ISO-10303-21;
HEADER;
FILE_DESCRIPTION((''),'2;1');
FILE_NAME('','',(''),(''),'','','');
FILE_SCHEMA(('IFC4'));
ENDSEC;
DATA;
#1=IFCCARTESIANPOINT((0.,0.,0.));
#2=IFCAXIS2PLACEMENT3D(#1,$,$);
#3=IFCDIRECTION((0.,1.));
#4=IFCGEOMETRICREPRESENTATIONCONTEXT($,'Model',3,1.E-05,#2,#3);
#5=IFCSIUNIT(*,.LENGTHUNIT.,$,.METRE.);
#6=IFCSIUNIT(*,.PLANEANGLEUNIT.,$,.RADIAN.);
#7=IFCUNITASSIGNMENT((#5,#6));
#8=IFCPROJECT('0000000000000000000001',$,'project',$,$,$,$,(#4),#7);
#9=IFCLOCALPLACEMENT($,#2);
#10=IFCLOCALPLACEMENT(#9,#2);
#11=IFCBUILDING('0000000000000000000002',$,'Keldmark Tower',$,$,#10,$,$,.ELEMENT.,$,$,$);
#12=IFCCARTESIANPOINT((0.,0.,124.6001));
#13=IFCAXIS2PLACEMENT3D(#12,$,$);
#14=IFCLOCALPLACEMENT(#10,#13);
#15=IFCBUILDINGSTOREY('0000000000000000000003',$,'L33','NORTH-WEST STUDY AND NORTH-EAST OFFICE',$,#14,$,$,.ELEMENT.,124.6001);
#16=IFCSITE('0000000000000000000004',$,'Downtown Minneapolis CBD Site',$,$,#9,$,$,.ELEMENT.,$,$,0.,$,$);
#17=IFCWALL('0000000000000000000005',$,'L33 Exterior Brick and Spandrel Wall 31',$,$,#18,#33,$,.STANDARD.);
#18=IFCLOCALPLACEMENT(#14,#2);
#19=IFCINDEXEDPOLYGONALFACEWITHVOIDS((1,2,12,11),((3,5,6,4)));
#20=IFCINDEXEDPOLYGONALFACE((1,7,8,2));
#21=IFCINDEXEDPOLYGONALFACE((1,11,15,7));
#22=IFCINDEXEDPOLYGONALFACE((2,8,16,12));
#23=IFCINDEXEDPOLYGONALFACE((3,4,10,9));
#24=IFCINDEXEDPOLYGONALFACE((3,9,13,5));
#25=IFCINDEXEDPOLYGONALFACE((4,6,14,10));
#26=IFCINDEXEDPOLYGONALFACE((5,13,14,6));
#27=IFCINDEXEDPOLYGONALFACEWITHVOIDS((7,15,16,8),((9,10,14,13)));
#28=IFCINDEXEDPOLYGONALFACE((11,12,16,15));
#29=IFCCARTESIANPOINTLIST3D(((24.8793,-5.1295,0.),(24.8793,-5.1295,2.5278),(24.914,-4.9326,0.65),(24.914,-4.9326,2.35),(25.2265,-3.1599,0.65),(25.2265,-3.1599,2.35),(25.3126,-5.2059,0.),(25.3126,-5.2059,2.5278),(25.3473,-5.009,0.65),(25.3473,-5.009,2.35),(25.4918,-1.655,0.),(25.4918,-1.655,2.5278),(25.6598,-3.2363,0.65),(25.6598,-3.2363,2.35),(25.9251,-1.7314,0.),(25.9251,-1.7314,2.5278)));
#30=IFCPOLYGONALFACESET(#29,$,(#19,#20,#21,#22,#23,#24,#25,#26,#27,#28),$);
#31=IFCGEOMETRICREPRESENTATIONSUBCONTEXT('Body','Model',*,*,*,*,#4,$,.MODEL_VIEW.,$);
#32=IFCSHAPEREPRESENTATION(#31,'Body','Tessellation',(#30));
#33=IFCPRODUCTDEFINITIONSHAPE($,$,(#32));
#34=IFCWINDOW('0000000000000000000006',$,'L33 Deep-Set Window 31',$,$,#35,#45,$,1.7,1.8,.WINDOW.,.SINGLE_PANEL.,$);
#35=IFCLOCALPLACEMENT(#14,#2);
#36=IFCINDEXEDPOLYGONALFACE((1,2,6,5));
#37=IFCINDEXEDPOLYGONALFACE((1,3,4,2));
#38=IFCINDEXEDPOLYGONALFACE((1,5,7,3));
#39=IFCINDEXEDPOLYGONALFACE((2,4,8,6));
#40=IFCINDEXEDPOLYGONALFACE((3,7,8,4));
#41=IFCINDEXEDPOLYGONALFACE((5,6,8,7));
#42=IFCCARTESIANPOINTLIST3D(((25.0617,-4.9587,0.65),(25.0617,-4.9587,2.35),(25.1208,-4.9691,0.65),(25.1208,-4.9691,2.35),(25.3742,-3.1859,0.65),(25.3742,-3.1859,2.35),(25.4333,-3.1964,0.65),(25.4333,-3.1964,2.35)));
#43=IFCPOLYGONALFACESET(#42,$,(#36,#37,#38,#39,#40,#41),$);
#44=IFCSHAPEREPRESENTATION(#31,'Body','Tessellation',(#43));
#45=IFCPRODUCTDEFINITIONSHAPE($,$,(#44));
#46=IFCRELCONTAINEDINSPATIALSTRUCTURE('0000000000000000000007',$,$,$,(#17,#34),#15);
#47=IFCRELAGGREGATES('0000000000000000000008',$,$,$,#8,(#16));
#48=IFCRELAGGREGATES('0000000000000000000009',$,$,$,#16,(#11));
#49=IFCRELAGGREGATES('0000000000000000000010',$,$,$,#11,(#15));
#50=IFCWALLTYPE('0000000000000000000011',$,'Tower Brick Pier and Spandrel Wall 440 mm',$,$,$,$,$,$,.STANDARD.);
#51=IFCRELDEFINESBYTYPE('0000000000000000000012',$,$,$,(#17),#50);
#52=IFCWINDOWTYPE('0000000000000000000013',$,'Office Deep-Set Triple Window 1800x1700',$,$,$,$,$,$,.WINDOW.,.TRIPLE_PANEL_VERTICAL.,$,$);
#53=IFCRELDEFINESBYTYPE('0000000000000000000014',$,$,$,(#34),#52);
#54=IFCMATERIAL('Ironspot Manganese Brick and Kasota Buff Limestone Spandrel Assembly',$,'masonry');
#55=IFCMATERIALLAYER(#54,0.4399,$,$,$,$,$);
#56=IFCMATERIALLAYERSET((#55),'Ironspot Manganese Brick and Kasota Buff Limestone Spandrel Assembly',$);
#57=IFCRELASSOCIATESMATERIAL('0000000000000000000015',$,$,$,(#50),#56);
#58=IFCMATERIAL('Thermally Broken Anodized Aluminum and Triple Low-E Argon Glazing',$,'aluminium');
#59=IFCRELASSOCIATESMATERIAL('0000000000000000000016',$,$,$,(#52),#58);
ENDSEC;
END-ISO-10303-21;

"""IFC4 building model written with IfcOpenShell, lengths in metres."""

from ifc_helpers import new_model, si_unit, direction, frame, frame_2d, origin, place, context, subcontext, project, spatial, rectangle, extrude, material, layer, layer_set, type_object, element, fill, save


model = new_model("IFC4")

# Units and contexts
model_context = context("Model", 3, precision=1e-05, world=origin(), true_north=direction((0.0, 1.0)))
body_context = subcontext(model_context, "Body", "Model", "MODEL_VIEW")
ifc_project = project(units=[si_unit("LENGTHUNIT", "METRE"), si_unit("PLANEANGLEUNIT", "RADIAN")], contexts=[model_context])

# Site, building, storey
site_placement = place(None, origin())
site = spatial("IfcSite", under=ifc_project, at=site_placement, Name="Downtown Minneapolis CBD Site", CompositionType="ELEMENT", RefElevation=0.0)
building_placement = place(site_placement, origin())
building = spatial("IfcBuilding", under=site, at=building_placement, Name="Keldmark Tower", CompositionType="ELEMENT")
storey_placement = place(building_placement, frame((0.0, 0.0, 124.6001)))
storey = spatial("IfcBuildingStorey", under=building, at=storey_placement, Name="L33", Description="NORTH-WEST STUDY AND NORTH-EAST OFFICE", CompositionType="ELEMENT", Elevation=124.6001)

# Wall, opening, window
ifc_material_1 = material(Name="Ironspot Manganese Brick and Kasota Buff Limestone Spandrel Assembly", Category="masonry")
ifc_layer_1 = layer(ifc_material_1, 0.4399)
ifc_layer_set_1 = layer_set([ifc_layer_1], Name="Ironspot Manganese Brick and Kasota Buff Limestone Spandrel Assembly")
wall_type_1 = type_object("IfcWallType", Name="Tower Brick Pier and Spandrel Wall 440 mm", PredefinedType="STANDARD", material=ifc_layer_set_1)
wall_1_placement = place(storey_placement, frame((25.7085, -1.6931, 0.0), z_axis=(0.0, 0.0, 1.0), x_axis=(-0.173616, -0.984813, 0.0)))
wall_1 = element("IfcWall", 1, at=wall_1_placement, inside=storey, type_object=wall_type_1, Name="L33 Exterior Brick and Spandrel Wall 31", PredefinedType="STANDARD", context=body_context, shape_type="SweptSolid", body=[
    extrude(rectangle(XDim=3.5281, YDim=0.4399, at=frame_2d((1.7642, 0.0))), origin(), (0.0, 0.0, 1.0), 2.5278),
])
opening_1_placement = place(wall_1_placement, frame((1.5283, 0.0, 0.6499)))
opening_1 = element("IfcOpeningElement", 2, at=opening_1_placement, cuts=wall_1, PredefinedType="OPENING", context=body_context, shape_type="SweptSolid", body=[
    extrude(rectangle(XDim=1.8, YDim=1.7, at=frame_2d((0.8999, 0.8501))), frame((0.0, 0.23, 0.0), z_axis=(0.0, -1.0, 0.0), x_axis=(1.0, 0.0, 0.0)), (0.0, 0.0, 1.0), 0.46),
])
ifc_material_2 = material(Name="Thermally Broken Anodized Aluminum and Triple Low-E Argon Glazing", Category="aluminium")
window_type_1 = type_object("IfcWindowType", Name="Office Deep-Set Triple Window 1800x1700", PartitioningType="TRIPLE_PANEL_VERTICAL", PredefinedType="WINDOW", material=ifc_material_2)
window_1_placement = place(opening_1_placement, origin())
window_1 = element("IfcWindow", 3, at=window_1_placement, inside=storey, type_object=window_type_1, Name="L33 Deep-Set Window 31", OverallHeight=1.7, OverallWidth=1.8, PartitioningType="SINGLE_PANEL", PredefinedType="WINDOW", context=body_context, shape_type="SweptSolid", body=[
    extrude(rectangle(XDim=1.8, YDim=1.7, at=frame_2d((0.8999, 0.8501))), frame((0.0, -0.01, 0.0), z_axis=(0.0, -1.0, 0.0), x_axis=(1.0, 0.0, 0.0)), (0.0, 0.0, 1.0), 0.0601),
])
fill(opening_1, window_1)

save(model, "model.ifc")
